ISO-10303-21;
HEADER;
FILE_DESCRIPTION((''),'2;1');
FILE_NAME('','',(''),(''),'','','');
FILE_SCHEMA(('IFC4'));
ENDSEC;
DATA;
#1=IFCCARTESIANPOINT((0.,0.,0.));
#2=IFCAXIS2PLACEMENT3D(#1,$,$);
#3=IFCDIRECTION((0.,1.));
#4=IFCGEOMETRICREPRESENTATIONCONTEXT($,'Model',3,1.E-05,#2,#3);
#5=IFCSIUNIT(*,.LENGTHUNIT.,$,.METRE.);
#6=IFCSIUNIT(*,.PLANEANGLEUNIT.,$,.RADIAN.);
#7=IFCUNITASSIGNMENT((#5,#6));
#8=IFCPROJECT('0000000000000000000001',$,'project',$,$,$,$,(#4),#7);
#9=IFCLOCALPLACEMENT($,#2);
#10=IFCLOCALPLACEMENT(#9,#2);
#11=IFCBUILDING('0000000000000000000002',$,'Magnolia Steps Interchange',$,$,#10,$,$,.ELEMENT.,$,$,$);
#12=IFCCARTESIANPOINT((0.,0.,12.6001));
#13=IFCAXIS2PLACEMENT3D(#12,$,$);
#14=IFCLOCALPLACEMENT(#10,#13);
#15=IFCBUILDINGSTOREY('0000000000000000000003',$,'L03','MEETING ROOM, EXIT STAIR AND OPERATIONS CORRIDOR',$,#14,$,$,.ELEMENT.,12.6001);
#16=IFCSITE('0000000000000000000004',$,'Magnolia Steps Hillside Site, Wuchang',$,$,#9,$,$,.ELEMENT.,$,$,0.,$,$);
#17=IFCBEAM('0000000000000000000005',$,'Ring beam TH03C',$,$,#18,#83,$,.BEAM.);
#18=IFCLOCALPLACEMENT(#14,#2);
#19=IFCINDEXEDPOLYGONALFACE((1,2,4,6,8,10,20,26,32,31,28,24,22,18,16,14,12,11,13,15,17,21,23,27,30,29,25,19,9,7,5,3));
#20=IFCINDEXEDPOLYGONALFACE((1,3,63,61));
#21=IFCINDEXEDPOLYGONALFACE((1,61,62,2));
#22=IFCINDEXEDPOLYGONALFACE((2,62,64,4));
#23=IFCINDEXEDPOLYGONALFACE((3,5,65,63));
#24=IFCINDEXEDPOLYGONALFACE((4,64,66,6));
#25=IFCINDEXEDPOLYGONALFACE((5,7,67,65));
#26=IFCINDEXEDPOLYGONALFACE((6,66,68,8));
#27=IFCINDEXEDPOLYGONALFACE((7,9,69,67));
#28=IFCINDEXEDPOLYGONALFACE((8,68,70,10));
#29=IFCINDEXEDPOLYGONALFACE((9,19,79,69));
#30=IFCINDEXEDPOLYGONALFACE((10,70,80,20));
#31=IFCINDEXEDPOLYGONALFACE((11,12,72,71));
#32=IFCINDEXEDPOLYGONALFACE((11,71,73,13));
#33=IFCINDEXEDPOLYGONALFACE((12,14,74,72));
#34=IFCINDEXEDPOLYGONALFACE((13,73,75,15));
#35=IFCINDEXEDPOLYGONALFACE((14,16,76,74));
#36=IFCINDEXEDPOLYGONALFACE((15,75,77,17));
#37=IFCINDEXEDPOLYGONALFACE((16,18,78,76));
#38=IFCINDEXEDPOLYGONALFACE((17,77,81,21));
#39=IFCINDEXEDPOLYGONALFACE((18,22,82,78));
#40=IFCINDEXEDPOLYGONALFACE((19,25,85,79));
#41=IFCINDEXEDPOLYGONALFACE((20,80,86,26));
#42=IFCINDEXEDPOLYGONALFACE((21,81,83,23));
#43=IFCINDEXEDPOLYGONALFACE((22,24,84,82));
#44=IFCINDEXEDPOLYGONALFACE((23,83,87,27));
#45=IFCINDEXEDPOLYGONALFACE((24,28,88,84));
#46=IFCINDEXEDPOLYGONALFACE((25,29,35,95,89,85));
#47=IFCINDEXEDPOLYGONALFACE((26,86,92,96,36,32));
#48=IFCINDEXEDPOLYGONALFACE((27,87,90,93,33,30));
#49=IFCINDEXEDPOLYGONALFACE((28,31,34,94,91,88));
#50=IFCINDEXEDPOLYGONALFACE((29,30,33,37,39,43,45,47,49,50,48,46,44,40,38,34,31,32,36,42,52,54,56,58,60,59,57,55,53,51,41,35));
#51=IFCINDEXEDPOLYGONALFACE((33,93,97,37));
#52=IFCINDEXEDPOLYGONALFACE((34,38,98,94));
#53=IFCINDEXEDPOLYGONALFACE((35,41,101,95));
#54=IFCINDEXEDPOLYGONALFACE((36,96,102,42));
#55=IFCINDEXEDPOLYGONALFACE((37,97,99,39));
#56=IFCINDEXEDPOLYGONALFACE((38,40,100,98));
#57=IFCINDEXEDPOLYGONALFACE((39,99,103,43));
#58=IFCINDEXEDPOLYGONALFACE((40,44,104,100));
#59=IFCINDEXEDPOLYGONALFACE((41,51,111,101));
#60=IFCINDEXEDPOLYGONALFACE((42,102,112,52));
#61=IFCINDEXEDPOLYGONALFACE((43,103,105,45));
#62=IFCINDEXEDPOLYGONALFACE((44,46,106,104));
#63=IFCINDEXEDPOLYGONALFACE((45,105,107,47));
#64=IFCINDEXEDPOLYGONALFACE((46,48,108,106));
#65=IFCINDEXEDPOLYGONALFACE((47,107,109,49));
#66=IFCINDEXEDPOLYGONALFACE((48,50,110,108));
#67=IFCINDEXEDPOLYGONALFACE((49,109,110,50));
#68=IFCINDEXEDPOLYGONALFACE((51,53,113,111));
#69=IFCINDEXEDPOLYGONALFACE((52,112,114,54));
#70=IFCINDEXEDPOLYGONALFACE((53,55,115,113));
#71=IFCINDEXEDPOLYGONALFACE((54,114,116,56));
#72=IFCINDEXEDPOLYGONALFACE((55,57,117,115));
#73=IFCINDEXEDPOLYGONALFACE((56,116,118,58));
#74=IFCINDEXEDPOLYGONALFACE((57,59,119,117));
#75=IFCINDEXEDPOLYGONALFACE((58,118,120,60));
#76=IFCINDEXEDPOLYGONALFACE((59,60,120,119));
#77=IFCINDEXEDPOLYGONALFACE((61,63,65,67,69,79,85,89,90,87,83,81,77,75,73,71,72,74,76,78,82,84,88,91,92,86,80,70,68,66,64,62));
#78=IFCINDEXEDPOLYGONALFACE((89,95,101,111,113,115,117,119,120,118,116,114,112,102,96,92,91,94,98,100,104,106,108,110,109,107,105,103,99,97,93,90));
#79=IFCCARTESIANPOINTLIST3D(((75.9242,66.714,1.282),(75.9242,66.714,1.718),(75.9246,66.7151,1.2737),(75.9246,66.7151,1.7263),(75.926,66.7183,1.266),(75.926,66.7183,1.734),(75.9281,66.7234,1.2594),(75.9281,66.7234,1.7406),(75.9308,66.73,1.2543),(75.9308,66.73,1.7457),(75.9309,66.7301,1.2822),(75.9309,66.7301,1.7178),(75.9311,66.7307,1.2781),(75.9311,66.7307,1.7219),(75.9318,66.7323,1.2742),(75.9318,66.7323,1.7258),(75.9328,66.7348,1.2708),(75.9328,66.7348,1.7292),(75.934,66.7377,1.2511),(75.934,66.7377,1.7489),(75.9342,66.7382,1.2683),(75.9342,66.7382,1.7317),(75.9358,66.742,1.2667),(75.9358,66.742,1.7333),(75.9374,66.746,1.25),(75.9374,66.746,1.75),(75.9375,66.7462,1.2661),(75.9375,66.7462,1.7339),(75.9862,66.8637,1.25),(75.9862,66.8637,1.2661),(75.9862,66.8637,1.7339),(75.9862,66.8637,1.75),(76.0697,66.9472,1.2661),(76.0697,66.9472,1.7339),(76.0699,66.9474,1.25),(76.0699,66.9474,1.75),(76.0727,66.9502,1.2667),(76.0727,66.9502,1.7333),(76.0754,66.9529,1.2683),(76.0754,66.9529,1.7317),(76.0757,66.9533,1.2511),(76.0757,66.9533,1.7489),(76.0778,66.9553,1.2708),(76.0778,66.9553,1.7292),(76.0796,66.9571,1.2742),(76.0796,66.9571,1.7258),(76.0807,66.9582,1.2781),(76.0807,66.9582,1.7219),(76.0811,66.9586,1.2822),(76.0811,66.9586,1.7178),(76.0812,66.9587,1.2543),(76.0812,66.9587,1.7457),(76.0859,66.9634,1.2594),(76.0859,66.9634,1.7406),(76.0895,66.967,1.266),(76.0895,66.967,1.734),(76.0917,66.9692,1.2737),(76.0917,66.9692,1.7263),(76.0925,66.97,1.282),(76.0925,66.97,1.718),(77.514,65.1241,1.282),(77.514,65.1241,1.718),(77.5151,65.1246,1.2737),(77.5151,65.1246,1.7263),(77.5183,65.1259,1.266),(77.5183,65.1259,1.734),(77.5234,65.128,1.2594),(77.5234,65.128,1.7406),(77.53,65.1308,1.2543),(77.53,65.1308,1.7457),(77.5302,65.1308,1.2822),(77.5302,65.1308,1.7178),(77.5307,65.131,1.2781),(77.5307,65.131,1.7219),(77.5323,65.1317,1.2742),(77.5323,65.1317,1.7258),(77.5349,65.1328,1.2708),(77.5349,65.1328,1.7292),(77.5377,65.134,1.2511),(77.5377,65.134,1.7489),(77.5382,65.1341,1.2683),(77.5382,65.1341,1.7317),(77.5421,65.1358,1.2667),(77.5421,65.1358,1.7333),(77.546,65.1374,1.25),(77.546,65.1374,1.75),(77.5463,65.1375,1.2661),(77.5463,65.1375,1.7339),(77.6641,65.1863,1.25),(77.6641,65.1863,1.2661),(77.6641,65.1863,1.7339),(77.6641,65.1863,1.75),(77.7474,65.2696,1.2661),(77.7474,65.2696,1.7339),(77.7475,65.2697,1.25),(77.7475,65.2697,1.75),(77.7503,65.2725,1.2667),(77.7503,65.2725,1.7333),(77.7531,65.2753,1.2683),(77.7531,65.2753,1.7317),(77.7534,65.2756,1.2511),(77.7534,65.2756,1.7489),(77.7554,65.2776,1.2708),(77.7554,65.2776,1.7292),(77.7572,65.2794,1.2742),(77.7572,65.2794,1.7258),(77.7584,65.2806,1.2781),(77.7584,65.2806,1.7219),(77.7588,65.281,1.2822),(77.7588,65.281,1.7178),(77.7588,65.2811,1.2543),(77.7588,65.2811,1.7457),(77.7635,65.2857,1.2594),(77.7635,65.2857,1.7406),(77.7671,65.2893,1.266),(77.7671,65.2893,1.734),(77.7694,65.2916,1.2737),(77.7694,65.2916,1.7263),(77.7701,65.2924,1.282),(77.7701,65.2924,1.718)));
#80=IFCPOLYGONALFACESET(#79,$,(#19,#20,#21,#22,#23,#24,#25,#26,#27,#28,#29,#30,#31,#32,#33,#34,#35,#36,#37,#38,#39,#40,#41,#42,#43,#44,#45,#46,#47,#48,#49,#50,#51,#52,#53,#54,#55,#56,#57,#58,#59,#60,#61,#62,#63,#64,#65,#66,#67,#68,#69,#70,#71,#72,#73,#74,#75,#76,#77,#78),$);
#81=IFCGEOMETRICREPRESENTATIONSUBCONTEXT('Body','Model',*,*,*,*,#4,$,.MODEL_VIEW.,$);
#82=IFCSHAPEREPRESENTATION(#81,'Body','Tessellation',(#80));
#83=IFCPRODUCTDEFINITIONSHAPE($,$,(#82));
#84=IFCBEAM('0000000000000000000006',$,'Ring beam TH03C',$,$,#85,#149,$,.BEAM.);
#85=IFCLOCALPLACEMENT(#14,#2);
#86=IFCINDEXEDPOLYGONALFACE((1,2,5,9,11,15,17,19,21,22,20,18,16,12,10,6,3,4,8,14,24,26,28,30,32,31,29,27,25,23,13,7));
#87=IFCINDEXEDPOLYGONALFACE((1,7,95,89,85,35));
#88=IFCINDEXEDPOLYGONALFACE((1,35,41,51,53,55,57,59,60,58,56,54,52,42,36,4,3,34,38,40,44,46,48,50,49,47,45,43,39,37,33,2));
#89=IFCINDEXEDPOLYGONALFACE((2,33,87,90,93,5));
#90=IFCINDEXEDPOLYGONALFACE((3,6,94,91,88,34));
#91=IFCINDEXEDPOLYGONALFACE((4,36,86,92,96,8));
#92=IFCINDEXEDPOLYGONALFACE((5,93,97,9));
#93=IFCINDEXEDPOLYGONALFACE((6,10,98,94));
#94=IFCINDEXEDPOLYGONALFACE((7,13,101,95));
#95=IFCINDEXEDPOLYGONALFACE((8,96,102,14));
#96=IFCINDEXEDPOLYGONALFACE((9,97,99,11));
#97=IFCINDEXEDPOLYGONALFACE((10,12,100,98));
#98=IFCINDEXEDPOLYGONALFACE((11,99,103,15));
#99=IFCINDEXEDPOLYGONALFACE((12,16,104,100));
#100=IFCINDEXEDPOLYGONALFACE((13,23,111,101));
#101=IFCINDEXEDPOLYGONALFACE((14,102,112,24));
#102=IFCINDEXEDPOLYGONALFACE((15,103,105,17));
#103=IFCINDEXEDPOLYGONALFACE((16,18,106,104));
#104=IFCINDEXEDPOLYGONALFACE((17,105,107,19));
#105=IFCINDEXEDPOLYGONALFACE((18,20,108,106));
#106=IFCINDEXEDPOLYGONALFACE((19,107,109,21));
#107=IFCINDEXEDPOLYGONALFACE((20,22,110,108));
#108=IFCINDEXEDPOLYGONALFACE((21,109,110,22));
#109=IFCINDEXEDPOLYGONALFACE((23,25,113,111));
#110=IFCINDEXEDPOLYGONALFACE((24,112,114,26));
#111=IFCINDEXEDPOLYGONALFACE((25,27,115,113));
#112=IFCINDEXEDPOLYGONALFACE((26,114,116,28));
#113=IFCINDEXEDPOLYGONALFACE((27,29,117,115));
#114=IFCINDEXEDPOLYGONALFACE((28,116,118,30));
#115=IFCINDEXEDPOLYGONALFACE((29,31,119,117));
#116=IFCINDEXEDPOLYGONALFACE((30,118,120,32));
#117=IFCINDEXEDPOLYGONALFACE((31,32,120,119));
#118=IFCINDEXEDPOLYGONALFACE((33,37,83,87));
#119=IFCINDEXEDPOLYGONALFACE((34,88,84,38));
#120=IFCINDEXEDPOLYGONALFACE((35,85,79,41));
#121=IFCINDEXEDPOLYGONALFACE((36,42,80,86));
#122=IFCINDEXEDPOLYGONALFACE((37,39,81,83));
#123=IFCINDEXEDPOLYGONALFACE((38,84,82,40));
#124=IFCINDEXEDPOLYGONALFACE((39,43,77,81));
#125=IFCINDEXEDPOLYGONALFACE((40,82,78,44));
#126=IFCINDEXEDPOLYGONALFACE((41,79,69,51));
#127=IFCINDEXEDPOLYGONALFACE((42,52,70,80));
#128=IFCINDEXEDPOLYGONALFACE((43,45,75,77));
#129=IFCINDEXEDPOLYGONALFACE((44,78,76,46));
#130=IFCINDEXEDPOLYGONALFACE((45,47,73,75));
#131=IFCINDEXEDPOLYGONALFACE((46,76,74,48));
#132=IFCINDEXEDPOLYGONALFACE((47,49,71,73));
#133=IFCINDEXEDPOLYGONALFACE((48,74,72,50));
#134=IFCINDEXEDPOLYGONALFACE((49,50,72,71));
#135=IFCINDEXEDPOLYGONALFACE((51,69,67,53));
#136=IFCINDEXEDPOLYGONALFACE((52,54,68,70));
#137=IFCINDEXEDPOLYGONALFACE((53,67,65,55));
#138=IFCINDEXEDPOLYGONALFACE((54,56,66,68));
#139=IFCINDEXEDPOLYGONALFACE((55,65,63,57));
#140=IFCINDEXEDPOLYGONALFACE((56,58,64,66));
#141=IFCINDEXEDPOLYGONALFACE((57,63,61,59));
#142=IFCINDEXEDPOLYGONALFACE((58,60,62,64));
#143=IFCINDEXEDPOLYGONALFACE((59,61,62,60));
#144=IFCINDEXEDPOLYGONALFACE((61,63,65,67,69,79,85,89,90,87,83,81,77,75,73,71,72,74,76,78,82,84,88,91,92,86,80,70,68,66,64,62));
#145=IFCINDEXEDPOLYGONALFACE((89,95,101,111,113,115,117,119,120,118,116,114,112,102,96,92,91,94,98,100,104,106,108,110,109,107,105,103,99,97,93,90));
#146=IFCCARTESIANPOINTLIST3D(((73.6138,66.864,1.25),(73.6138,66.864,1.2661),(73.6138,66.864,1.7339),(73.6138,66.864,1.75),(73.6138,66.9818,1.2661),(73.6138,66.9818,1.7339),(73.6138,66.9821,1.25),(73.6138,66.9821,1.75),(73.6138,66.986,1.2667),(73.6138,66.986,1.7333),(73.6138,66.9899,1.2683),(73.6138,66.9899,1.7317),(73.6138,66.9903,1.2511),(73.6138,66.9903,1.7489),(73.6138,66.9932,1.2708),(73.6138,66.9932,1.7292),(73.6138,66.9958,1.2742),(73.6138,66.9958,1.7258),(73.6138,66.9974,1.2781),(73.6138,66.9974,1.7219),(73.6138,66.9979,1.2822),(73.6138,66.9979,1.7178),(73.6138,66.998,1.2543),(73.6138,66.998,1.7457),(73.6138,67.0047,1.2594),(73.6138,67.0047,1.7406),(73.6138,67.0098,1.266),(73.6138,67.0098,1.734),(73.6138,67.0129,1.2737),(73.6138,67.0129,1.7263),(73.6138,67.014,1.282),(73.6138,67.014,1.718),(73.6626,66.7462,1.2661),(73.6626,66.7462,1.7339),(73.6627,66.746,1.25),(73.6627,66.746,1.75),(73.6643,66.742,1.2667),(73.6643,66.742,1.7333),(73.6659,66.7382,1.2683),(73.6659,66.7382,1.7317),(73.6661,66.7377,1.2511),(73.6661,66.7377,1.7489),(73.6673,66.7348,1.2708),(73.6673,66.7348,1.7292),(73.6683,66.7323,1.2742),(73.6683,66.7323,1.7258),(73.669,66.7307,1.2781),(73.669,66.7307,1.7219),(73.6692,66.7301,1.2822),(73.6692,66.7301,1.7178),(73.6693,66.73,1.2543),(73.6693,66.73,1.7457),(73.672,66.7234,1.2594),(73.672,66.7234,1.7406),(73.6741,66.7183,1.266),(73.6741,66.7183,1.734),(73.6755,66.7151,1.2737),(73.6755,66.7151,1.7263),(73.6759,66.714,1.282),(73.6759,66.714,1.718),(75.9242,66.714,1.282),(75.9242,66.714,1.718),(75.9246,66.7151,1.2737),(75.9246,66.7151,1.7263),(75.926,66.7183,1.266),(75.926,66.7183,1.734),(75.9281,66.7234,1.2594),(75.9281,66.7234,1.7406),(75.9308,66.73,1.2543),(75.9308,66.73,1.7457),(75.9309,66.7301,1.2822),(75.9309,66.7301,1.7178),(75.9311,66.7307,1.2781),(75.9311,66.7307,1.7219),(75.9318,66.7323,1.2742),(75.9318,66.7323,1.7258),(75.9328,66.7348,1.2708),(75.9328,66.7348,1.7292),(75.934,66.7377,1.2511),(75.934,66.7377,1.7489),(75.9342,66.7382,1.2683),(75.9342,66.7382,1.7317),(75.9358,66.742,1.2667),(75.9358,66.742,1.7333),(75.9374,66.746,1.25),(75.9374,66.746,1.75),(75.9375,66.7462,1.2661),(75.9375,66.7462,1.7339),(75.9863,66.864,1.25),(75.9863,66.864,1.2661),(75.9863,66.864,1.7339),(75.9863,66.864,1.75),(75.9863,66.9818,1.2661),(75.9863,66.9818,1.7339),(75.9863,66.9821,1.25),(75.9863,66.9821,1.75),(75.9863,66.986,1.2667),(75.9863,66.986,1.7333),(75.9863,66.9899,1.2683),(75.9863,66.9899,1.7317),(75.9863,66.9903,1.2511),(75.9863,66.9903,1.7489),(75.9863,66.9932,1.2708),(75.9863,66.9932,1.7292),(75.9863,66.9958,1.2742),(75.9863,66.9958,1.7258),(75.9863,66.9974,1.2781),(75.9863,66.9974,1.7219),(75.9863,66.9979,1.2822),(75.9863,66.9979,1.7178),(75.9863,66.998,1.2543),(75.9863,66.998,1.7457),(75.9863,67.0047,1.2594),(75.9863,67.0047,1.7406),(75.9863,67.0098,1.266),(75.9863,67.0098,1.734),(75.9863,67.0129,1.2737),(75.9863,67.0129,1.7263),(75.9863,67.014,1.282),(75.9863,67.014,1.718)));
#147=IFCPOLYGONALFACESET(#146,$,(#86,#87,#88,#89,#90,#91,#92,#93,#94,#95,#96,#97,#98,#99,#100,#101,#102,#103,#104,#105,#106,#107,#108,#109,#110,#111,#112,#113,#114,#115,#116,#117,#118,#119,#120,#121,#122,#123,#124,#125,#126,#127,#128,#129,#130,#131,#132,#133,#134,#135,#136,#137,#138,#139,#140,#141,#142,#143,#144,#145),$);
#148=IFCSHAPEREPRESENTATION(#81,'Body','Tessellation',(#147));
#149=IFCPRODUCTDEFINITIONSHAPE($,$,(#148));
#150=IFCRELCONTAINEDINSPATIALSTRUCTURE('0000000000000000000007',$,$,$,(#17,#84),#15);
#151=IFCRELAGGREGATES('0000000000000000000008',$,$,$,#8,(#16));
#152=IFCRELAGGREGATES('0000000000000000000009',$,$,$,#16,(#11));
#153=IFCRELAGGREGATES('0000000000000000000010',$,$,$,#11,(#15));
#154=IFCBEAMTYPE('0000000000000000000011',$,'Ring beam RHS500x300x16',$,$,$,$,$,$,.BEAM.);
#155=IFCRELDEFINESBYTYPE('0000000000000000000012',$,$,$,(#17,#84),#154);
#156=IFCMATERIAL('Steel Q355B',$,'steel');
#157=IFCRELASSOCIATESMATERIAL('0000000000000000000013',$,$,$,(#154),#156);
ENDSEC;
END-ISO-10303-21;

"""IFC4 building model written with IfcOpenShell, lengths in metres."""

from ifc_helpers import new_model, si_unit, direction, frame, origin, origin_2d, place, context, subcontext, project, spatial, hollow_rectangle, extrude, clip, halfspace, material, material_profile, profile_set, type_object, element, save


model = new_model("IFC4")

# Units and contexts
model_context = context("Model", 3, precision=1e-05, world=origin(), true_north=direction((0.0, 1.0)))
body_context = subcontext(model_context, "Body", "Model", "MODEL_VIEW")
ifc_project = project(units=[si_unit("LENGTHUNIT", "METRE"), si_unit("PLANEANGLEUNIT", "RADIAN")], contexts=[model_context])

# Site, building, storey
site_placement = place(None, origin())
site = spatial("IfcSite", under=ifc_project, at=site_placement, Name="Magnolia Steps Hillside Site, Wuchang", CompositionType="ELEMENT", RefElevation=0.0)
building_placement = place(site_placement, origin())
building = spatial("IfcBuilding", under=site, at=building_placement, Name="Magnolia Steps Interchange", CompositionType="ELEMENT")
storey_placement = place(building_placement, frame((0.0, 0.0, 12.6001)))
storey = spatial("IfcBuildingStorey", under=building, at=storey_placement, Name="L03", Description="MEETING ROOM, EXIT STAIR AND OPERATIONS CORRIDOR", CompositionType="ELEMENT", Elevation=12.6001)

# Beams
ifc_material_1 = material(Name="Steel Q355B", Category="steel")
ifc_material_profile_1 = material_profile(ifc_material_1, hollow_rectangle(XDim=0.3, YDim=0.5, WallThickness=0.0161, InnerFilletRadius=0.0161, OuterFilletRadius=0.032, at=origin_2d()), Name="RHS500x300x16")
ifc_profile_set_1 = profile_set([ifc_material_profile_1], Name="Steel Q355B")
beam_type_1 = type_object("IfcBeamType", Name="Ring beam RHS500x300x16", PredefinedType="BEAM", material=ifc_profile_set_1)
beam_1_placement = place(storey_placement, frame((77.6641, 65.1863, 1.5), z_axis=(-0.707107, 0.707107, 0.0), x_axis=(-0.707107, -0.707107, 0.0)))
element("IfcBeam", 1, at=beam_1_placement, inside=storey, type_object=beam_type_1, Name="Ring beam TH03C", PredefinedType="BEAM", context=body_context, shape_type="Clipping", body=[
    clip(clip(extrude(hollow_rectangle(XDim=0.3, YDim=0.5, WallThickness=0.0161, InnerFilletRadius=0.0161, OuterFilletRadius=0.032, at=origin_2d()), origin(), (0.0, 0.0, 1.0), 2.3726), halfspace(frame((0.0, 0.0, 0.0), z_axis=(0.382683, 0.0, -0.92388), x_axis=(0.92388, 0.0, 0.382683)), False)), halfspace(frame((0.0, 0.0, 2.3727), z_axis=(0.382683, 0.0, 0.92388), x_axis=(0.92388, 0.0, -0.382683)), False)),
])
beam_2_placement = place(storey_placement, frame((75.9863, 66.864, 1.5), z_axis=(-1.0, 0.0, 0.0), x_axis=(0.0, -1.0, 0.0)))
element("IfcBeam", 2, at=beam_2_placement, inside=storey, type_object=beam_type_1, Name="Ring beam TH03C", PredefinedType="BEAM", context=body_context, shape_type="Clipping", body=[
    clip(clip(extrude(hollow_rectangle(XDim=0.3, YDim=0.5, WallThickness=0.0161, InnerFilletRadius=0.0161, OuterFilletRadius=0.032, at=origin_2d()), origin(), (0.0, 0.0, 1.0), 2.3726), halfspace(frame((0.0, 0.0, 0.0), z_axis=(0.382683, 0.0, -0.92388), x_axis=(0.92388, 0.0, 0.382683)), False)), halfspace(frame((0.0, 0.0, 2.3726), z_axis=(0.382683, 0.0, 0.92388), x_axis=(0.92388, 0.0, -0.382683)), False)),
])

save(model, "model.ifc")
